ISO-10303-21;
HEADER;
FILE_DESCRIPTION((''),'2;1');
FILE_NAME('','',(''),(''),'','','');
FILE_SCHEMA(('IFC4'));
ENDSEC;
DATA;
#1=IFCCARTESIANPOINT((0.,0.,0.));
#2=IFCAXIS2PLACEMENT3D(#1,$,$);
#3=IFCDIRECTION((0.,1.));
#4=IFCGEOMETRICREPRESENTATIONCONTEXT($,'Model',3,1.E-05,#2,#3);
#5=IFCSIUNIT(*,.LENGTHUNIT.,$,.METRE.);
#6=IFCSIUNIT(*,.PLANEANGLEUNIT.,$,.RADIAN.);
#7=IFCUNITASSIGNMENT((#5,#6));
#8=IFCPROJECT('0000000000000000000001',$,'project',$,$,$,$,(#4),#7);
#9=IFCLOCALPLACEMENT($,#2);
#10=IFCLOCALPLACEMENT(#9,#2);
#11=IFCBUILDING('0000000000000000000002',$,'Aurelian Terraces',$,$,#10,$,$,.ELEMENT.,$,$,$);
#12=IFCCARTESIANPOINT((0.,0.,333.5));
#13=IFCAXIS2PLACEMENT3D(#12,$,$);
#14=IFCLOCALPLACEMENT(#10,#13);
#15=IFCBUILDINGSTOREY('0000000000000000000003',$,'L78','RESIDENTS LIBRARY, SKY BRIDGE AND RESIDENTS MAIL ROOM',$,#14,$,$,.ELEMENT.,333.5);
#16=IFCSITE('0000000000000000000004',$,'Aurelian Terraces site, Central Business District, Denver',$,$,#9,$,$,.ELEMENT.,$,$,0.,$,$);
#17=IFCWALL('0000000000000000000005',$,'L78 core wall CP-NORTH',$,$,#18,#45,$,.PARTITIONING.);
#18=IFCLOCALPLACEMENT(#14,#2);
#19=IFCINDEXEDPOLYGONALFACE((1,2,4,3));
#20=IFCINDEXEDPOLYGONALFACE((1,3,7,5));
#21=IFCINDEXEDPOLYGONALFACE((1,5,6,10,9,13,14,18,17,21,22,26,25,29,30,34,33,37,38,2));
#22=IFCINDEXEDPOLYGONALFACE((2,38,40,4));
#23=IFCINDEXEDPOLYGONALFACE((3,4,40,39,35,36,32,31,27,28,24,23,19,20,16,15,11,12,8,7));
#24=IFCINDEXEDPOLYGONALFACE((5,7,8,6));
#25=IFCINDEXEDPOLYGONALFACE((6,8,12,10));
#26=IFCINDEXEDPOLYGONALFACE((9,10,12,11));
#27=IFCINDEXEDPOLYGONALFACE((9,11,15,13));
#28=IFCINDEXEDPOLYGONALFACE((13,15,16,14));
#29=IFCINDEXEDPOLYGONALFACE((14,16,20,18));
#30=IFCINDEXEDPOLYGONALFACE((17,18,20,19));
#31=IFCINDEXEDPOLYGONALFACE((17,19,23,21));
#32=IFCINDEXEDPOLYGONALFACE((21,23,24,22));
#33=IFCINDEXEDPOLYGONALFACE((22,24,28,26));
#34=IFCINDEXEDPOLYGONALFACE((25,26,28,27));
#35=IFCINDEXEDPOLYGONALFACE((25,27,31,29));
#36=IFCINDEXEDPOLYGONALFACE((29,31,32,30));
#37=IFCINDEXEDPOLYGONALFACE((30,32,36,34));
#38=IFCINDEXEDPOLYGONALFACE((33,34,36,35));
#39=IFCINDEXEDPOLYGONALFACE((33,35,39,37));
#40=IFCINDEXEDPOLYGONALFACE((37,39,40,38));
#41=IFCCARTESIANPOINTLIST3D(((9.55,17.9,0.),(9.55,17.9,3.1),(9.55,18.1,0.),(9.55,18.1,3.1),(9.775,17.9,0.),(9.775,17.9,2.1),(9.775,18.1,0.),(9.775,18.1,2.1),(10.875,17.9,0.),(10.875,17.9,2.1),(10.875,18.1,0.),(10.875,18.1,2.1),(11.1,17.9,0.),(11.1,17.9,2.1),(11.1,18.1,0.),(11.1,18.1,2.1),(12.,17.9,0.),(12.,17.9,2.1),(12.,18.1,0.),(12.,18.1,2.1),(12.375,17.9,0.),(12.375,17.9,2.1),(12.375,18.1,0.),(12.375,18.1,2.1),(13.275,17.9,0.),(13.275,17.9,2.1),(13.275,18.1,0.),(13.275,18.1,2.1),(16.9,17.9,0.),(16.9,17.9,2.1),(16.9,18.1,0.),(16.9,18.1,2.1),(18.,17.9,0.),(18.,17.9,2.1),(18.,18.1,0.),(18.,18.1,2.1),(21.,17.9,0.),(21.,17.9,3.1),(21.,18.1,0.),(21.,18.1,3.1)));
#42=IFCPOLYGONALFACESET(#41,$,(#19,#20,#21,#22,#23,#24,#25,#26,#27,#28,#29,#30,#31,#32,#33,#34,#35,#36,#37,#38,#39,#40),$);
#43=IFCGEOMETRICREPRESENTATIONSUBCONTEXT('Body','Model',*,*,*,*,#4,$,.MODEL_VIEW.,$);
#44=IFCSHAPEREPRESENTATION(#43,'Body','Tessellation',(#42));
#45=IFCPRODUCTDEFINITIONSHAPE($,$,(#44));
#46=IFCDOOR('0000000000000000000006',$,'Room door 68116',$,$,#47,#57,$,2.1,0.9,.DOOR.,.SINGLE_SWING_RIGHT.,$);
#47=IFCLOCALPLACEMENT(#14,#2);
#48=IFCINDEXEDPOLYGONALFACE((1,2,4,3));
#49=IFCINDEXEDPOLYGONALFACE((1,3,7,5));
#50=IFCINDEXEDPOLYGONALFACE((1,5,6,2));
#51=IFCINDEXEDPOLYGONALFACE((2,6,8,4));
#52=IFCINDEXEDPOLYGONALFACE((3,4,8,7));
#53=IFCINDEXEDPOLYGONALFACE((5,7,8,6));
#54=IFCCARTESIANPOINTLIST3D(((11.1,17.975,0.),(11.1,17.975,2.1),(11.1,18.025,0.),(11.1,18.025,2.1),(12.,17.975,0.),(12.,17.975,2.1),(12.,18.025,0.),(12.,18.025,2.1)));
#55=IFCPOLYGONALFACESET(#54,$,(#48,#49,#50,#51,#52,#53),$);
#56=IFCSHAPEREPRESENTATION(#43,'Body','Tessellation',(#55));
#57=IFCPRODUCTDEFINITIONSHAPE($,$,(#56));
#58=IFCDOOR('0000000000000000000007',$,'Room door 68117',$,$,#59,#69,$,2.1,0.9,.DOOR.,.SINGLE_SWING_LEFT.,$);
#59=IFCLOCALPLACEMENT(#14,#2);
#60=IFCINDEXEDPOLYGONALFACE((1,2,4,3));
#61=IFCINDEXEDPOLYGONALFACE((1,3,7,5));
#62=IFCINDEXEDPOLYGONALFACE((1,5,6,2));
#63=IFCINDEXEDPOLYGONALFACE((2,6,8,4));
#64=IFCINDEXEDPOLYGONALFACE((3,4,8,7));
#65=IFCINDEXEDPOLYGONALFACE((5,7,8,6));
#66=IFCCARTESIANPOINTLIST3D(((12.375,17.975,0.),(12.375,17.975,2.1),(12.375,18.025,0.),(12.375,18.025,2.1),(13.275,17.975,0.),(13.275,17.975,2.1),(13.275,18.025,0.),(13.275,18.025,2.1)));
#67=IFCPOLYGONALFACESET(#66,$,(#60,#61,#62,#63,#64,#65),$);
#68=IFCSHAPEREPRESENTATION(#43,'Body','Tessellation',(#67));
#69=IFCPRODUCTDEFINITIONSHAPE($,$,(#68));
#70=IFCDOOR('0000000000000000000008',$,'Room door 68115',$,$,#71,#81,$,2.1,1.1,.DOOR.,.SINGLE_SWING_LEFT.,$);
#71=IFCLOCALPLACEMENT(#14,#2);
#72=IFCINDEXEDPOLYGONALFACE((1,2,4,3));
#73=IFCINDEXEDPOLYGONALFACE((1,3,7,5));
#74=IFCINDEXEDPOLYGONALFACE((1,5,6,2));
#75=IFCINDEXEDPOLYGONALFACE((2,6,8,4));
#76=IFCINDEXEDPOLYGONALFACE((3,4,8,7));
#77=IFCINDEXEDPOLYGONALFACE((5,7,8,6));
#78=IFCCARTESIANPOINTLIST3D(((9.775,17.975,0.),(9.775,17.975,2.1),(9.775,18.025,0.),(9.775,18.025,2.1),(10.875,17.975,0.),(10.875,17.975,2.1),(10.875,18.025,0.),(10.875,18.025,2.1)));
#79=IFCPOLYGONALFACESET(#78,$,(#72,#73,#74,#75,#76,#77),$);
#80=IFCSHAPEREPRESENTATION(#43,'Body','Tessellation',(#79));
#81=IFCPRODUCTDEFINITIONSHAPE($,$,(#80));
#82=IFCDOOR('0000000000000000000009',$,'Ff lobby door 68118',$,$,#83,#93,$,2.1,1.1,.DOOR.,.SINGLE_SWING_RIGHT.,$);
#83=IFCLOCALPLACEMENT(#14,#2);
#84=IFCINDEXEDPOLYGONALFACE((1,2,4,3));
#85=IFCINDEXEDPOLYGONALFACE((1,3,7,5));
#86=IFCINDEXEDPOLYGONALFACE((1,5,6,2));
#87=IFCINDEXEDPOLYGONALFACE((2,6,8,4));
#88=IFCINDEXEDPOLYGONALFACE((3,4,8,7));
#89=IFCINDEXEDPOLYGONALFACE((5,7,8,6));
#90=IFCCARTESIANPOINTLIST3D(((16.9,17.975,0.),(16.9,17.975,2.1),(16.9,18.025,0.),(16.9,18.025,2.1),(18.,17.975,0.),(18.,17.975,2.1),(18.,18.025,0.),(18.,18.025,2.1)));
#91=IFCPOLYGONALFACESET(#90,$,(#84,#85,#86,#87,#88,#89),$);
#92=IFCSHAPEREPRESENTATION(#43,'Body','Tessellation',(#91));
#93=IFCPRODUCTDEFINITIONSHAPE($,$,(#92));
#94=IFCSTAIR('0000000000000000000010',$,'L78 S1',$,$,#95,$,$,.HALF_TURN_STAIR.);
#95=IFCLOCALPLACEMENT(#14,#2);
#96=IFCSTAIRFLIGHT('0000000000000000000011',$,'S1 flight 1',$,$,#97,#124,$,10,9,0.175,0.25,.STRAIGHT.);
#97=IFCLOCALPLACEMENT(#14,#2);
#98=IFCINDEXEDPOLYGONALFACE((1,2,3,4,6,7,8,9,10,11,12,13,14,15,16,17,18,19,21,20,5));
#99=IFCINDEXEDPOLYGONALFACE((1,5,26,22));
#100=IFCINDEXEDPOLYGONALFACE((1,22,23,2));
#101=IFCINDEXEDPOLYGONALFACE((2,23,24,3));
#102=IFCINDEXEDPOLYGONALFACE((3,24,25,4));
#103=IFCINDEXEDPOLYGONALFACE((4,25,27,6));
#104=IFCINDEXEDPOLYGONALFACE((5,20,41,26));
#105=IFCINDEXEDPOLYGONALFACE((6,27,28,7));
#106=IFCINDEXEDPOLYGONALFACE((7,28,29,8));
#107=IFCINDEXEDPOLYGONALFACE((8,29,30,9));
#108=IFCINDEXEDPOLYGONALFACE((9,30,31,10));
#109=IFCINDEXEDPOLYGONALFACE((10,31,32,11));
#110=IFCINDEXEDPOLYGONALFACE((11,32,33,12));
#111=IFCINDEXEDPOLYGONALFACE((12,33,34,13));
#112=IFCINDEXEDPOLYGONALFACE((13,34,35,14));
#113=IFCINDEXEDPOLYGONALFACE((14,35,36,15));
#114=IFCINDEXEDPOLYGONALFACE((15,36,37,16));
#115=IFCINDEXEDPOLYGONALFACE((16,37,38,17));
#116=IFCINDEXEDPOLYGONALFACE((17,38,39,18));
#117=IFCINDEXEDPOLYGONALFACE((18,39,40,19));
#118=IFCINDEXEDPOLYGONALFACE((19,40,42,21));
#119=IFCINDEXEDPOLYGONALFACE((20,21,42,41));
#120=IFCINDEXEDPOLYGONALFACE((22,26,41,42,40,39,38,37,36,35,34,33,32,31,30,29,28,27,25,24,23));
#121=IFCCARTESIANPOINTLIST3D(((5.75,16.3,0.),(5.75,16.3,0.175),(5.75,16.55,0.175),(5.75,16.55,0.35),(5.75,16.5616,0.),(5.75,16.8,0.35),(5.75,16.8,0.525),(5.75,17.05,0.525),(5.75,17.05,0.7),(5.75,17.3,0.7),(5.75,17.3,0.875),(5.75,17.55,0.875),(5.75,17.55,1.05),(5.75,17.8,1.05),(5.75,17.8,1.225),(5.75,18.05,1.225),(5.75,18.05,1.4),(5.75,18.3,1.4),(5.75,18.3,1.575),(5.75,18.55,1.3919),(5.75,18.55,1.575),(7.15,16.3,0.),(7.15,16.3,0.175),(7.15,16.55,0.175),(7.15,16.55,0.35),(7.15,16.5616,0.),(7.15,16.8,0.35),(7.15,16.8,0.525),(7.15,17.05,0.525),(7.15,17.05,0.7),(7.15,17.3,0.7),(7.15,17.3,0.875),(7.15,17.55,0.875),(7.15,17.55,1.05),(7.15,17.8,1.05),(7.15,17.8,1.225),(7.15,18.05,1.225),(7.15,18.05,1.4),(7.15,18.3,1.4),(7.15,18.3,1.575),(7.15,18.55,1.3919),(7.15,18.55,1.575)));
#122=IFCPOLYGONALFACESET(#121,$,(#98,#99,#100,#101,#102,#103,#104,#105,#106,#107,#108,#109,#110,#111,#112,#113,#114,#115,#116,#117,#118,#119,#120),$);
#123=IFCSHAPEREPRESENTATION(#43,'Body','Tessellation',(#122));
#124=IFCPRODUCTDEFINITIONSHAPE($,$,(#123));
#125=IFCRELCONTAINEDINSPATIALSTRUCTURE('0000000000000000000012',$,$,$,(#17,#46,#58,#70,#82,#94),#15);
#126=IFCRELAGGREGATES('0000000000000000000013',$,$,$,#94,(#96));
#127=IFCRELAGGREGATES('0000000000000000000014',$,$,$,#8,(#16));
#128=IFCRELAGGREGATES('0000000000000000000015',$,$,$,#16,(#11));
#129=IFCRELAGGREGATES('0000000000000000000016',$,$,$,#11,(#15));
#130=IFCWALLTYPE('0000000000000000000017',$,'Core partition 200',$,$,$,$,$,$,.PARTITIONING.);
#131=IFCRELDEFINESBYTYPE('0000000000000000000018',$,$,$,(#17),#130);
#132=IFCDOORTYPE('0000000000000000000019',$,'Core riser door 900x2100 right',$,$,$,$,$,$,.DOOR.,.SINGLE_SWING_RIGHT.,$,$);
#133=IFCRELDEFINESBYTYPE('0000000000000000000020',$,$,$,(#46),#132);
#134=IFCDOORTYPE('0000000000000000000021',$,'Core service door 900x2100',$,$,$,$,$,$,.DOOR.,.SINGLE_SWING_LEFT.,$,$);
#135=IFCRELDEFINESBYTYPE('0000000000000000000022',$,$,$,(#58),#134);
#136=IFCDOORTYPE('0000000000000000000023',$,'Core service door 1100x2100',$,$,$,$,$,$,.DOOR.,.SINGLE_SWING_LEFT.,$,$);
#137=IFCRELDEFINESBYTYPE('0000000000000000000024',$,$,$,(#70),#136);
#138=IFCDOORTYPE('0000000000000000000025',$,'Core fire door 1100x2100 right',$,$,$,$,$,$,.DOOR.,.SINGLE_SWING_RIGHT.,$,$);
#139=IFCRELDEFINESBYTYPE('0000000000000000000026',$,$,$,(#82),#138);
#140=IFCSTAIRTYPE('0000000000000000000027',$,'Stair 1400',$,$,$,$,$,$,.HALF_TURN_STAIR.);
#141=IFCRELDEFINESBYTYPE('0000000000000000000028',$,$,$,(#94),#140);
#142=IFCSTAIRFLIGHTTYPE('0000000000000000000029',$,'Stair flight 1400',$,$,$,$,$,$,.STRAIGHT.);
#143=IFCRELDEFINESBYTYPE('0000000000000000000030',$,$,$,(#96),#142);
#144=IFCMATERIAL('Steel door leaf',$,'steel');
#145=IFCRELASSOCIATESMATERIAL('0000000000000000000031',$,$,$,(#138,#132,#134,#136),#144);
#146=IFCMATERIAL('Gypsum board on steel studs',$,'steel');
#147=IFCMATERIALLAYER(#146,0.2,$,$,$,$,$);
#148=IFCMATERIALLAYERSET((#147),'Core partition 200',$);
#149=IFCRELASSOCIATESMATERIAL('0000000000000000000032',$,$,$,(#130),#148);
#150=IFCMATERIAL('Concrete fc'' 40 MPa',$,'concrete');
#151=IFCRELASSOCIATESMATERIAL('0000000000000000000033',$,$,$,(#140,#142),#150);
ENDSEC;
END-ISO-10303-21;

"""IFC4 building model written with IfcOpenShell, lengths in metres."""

from ifc_helpers import new_model, si_unit, direction, frame, frame_2d, origin, place, context, subcontext, project, spatial, polyline, rectangle, outline, extrude, source, transform, mapped, material, layer, layer_set, type_object, element, fill, aggregate, save


model = new_model("IFC4")

# Units and contexts
model_context = context("Model", 3, precision=1e-05, world=origin(), true_north=direction((0.0, 1.0)))
body_context = subcontext(model_context, "Body", "Model", "MODEL_VIEW")
ifc_project = project(units=[si_unit("LENGTHUNIT", "METRE"), si_unit("PLANEANGLEUNIT", "RADIAN")], contexts=[model_context])

# Site, building, storey
site_placement = place(None, origin())
site = spatial("IfcSite", under=ifc_project, at=site_placement, Name="Aurelian Terraces site, Central Business District, Denver", CompositionType="ELEMENT", RefElevation=0.0)
building_placement = place(site_placement, origin())
building = spatial("IfcBuilding", under=site, at=building_placement, Name="Aurelian Terraces", CompositionType="ELEMENT")
storey_placement = place(building_placement, frame((0.0, 0.0, 333.5)))
storey = spatial("IfcBuildingStorey", under=building, at=storey_placement, Name="L78", Description="RESIDENTS LIBRARY, SKY BRIDGE AND RESIDENTS MAIL ROOM", CompositionType="ELEMENT", Elevation=333.5)

# Shared definitions
ifc_material_1 = material(Name="Concrete fc' 40 MPa", Category="concrete")

# Shared definitions
shared_shape_1 = source(origin(), body_context, "Body", "SweptSolid", [
    extrude(rectangle(XDim=1.1, YDim=2.1, at=frame_2d((0.55, 1.05))), frame((0.0, 0.11, 0.0), z_axis=(0.0, -1.0, 0.0), x_axis=(1.0, 0.0, 0.0)), (0.0, 0.0, 1.0), 0.22),
])
ifc_material_2 = material(Name="Steel door leaf", Category="steel")
door_type_1 = type_object("IfcDoorType", Name="Core fire door 1100x2100 right", OperationType="SINGLE_SWING_RIGHT", PredefinedType="DOOR", material=ifc_material_2)
shared_shape_2 = source(origin(), body_context, "Body", "SweptSolid", [
    extrude(rectangle(XDim=1.1, YDim=2.1, at=frame_2d((0.55, 1.05))), frame((0.0, 0.025, 0.0), z_axis=(0.0, -1.0, 0.0), x_axis=(1.0, 0.0, 0.0)), (0.0, 0.0, 1.0), 0.05),
])

# Shared definitions
ifc_material_3 = material(Name="Gypsum board on steel studs", Category="steel")
ifc_layer_1 = layer(ifc_material_3, 0.2)
ifc_layer_set_1 = layer_set([ifc_layer_1], Name="Core partition 200")
wall_type_1 = type_object("IfcWallType", Name="Core partition 200", PredefinedType="PARTITIONING", material=ifc_layer_set_1)

# Wall, openings, doors
shared_shape_3 = source(origin(), body_context, "Body", "SweptSolid", [
    extrude(rectangle(XDim=11.45, YDim=0.2, at=frame_2d((5.725, 0.0))), origin(), (0.0, 0.0, 1.0), 3.1),
])
wall_1_placement = place(storey_placement, frame((9.55, 18.0, 0.0), z_axis=(0.0, 0.0, 1.0), x_axis=(1.0, 0.0, 0.0)))
wall_1 = element("IfcWall", 1, at=wall_1_placement, inside=storey, type_object=wall_type_1, Name="L78 core wall CP-NORTH", PredefinedType="PARTITIONING", context=body_context, shape_type="MappedRepresentation", body=[
    mapped(shared_shape_3, transform((0.0, 0.0, 0.0), scale=1.0)),
])
opening_1_placement = place(wall_1_placement, frame((0.225, 0.0, 0.0)))
opening_1 = element("IfcOpeningElement", 2, at=opening_1_placement, cuts=wall_1, PredefinedType="OPENING", context=body_context, shape_type="MappedRepresentation", body=[
    mapped(shared_shape_1, transform((0.0, 0.0, 0.0), scale=1.0)),
])
shared_shape_4 = source(origin(), body_context, "Body", "SweptSolid", [
    extrude(rectangle(XDim=0.9, YDim=2.1, at=frame_2d((0.45, 1.05))), frame((0.0, 0.11, 0.0), z_axis=(0.0, -1.0, 0.0), x_axis=(1.0, 0.0, 0.0)), (0.0, 0.0, 1.0), 0.22),
])
opening_2_placement = place(wall_1_placement, frame((1.55, 0.0, 0.0)))
opening_2 = element("IfcOpeningElement", 3, at=opening_2_placement, cuts=wall_1, PredefinedType="OPENING", context=body_context, shape_type="MappedRepresentation", body=[
    mapped(shared_shape_4, transform((0.0, 0.0, 0.0), scale=1.0)),
])
opening_3_placement = place(wall_1_placement, frame((2.825, 0.0, 0.0)))
opening_3 = element("IfcOpeningElement", 4, at=opening_3_placement, cuts=wall_1, PredefinedType="OPENING", context=body_context, shape_type="MappedRepresentation", body=[
    mapped(shared_shape_4, transform((0.0, 0.0, 0.0), scale=1.0)),
])
opening_4_placement = place(wall_1_placement, frame((7.35, 0.0, 0.0)))
opening_4 = element("IfcOpeningElement", 5, at=opening_4_placement, cuts=wall_1, PredefinedType="OPENING", context=body_context, shape_type="MappedRepresentation", body=[
    mapped(shared_shape_1, transform((0.0, 0.0, 0.0), scale=1.0)),
])
door_type_2 = type_object("IfcDoorType", Name="Core riser door 900x2100 right", OperationType="SINGLE_SWING_RIGHT", PredefinedType="DOOR", material=ifc_material_2)
shared_shape_5 = source(origin(), body_context, "Body", "SweptSolid", [
    extrude(rectangle(XDim=0.9, YDim=2.1, at=frame_2d((0.45, 1.05))), frame((0.0, 0.025, 0.0), z_axis=(0.0, -1.0, 0.0), x_axis=(1.0, 0.0, 0.0)), (0.0, 0.0, 1.0), 0.05),
])
door_1_placement = place(opening_2_placement, origin())
door_1 = element("IfcDoor", 6, at=door_1_placement, inside=storey, type_object=door_type_2, Name="Room door 68116", OperationType="SINGLE_SWING_RIGHT", OverallHeight=2.1, OverallWidth=0.9, PredefinedType="DOOR", context=body_context, shape_type="MappedRepresentation", body=[
    mapped(shared_shape_5, transform((0.0, 0.0, 0.0), scale=1.0)),
])
fill(opening_2, door_1)
door_type_3 = type_object("IfcDoorType", Name="Core service door 900x2100", OperationType="SINGLE_SWING_LEFT", PredefinedType="DOOR", material=ifc_material_2)
door_2_placement = place(opening_3_placement, origin())
door_2 = element("IfcDoor", 7, at=door_2_placement, inside=storey, type_object=door_type_3, Name="Room door 68117", OperationType="SINGLE_SWING_LEFT", OverallHeight=2.1, OverallWidth=0.9, PredefinedType="DOOR", context=body_context, shape_type="MappedRepresentation", body=[
    mapped(shared_shape_5, transform((0.0, 0.0, 0.0), scale=1.0)),
])
fill(opening_3, door_2)
door_type_4 = type_object("IfcDoorType", Name="Core service door 1100x2100", OperationType="SINGLE_SWING_LEFT", PredefinedType="DOOR", material=ifc_material_2)
door_3_placement = place(opening_1_placement, origin())
door_3 = element("IfcDoor", 8, at=door_3_placement, inside=storey, type_object=door_type_4, Name="Room door 68115", OperationType="SINGLE_SWING_LEFT", OverallHeight=2.1, OverallWidth=1.1, PredefinedType="DOOR", context=body_context, shape_type="MappedRepresentation", body=[
    mapped(shared_shape_2, transform((0.0, 0.0, 0.0), scale=1.0)),
])
fill(opening_1, door_3)
door_4_placement = place(opening_4_placement, origin())
door_4 = element("IfcDoor", 9, at=door_4_placement, inside=storey, type_object=door_type_1, Name="Ff lobby door 68118", OperationType="SINGLE_SWING_RIGHT", OverallHeight=2.1, OverallWidth=1.1, PredefinedType="DOOR", context=body_context, shape_type="MappedRepresentation", body=[
    mapped(shared_shape_2, transform((0.0, 0.0, 0.0), scale=1.0)),
])
fill(opening_4, door_4)

# Stair, stair flight
stair_type = type_object("IfcStairType", Name="Stair 1400", PredefinedType="HALF_TURN_STAIR", material=ifc_material_1)
stair_placement = place(storey_placement, origin())
stair = element("IfcStair", 10, at=stair_placement, inside=storey, type_object=stair_type, Name="L78 S1", PredefinedType="HALF_TURN_STAIR")
stair_flight_type = type_object("IfcStairFlightType", Name="Stair flight 1400", PredefinedType="STRAIGHT", material=ifc_material_1)
shared_shape_6 = source(origin(), body_context, "Body", "SweptSolid", [
    extrude(outline(polyline([(0.0, 0.0), (0.0, 0.175), (0.25, 0.175), (0.25, 0.35), (0.5, 0.35), (0.5, 0.525), (0.75, 0.525), (0.75, 0.7), (1.0, 0.7), (1.0, 0.875), (1.25, 0.875), (1.25, 1.05), (1.5, 1.05), (1.5, 1.225), (1.75, 1.225), (1.75, 1.4), (2.0, 1.4), (2.0, 1.575), (2.25, 1.575), (2.25, 1.75), (2.25, 1.3919), (0.2616, 0.0), (0.0, 0.0)])), frame((0.0, 0.7, 0.0), z_axis=(0.0, -1.0, 0.0), x_axis=(1.0, 0.0, 0.0)), (0.0, 0.0, 1.0), 1.4),
])
stair_flight_placement = place(storey_placement, frame((6.45, 16.3, 0.0), z_axis=(0.0, 0.0, 1.0), x_axis=(0.0, 1.0, 0.0)))
stair_flight = element("IfcStairFlight", 11, at=stair_flight_placement, type_object=stair_flight_type, Name="S1 flight 1", NumberOfRisers=10, NumberOfTreads=9, PredefinedType="STRAIGHT", RiserHeight=0.175, TreadLength=0.25, context=body_context, shape_type="MappedRepresentation", body=[
    mapped(shared_shape_6, transform((0.0, 0.0, 0.0), scale=1.0)),
])
aggregate(stair, [stair_flight])

save(model, "model.ifc")
